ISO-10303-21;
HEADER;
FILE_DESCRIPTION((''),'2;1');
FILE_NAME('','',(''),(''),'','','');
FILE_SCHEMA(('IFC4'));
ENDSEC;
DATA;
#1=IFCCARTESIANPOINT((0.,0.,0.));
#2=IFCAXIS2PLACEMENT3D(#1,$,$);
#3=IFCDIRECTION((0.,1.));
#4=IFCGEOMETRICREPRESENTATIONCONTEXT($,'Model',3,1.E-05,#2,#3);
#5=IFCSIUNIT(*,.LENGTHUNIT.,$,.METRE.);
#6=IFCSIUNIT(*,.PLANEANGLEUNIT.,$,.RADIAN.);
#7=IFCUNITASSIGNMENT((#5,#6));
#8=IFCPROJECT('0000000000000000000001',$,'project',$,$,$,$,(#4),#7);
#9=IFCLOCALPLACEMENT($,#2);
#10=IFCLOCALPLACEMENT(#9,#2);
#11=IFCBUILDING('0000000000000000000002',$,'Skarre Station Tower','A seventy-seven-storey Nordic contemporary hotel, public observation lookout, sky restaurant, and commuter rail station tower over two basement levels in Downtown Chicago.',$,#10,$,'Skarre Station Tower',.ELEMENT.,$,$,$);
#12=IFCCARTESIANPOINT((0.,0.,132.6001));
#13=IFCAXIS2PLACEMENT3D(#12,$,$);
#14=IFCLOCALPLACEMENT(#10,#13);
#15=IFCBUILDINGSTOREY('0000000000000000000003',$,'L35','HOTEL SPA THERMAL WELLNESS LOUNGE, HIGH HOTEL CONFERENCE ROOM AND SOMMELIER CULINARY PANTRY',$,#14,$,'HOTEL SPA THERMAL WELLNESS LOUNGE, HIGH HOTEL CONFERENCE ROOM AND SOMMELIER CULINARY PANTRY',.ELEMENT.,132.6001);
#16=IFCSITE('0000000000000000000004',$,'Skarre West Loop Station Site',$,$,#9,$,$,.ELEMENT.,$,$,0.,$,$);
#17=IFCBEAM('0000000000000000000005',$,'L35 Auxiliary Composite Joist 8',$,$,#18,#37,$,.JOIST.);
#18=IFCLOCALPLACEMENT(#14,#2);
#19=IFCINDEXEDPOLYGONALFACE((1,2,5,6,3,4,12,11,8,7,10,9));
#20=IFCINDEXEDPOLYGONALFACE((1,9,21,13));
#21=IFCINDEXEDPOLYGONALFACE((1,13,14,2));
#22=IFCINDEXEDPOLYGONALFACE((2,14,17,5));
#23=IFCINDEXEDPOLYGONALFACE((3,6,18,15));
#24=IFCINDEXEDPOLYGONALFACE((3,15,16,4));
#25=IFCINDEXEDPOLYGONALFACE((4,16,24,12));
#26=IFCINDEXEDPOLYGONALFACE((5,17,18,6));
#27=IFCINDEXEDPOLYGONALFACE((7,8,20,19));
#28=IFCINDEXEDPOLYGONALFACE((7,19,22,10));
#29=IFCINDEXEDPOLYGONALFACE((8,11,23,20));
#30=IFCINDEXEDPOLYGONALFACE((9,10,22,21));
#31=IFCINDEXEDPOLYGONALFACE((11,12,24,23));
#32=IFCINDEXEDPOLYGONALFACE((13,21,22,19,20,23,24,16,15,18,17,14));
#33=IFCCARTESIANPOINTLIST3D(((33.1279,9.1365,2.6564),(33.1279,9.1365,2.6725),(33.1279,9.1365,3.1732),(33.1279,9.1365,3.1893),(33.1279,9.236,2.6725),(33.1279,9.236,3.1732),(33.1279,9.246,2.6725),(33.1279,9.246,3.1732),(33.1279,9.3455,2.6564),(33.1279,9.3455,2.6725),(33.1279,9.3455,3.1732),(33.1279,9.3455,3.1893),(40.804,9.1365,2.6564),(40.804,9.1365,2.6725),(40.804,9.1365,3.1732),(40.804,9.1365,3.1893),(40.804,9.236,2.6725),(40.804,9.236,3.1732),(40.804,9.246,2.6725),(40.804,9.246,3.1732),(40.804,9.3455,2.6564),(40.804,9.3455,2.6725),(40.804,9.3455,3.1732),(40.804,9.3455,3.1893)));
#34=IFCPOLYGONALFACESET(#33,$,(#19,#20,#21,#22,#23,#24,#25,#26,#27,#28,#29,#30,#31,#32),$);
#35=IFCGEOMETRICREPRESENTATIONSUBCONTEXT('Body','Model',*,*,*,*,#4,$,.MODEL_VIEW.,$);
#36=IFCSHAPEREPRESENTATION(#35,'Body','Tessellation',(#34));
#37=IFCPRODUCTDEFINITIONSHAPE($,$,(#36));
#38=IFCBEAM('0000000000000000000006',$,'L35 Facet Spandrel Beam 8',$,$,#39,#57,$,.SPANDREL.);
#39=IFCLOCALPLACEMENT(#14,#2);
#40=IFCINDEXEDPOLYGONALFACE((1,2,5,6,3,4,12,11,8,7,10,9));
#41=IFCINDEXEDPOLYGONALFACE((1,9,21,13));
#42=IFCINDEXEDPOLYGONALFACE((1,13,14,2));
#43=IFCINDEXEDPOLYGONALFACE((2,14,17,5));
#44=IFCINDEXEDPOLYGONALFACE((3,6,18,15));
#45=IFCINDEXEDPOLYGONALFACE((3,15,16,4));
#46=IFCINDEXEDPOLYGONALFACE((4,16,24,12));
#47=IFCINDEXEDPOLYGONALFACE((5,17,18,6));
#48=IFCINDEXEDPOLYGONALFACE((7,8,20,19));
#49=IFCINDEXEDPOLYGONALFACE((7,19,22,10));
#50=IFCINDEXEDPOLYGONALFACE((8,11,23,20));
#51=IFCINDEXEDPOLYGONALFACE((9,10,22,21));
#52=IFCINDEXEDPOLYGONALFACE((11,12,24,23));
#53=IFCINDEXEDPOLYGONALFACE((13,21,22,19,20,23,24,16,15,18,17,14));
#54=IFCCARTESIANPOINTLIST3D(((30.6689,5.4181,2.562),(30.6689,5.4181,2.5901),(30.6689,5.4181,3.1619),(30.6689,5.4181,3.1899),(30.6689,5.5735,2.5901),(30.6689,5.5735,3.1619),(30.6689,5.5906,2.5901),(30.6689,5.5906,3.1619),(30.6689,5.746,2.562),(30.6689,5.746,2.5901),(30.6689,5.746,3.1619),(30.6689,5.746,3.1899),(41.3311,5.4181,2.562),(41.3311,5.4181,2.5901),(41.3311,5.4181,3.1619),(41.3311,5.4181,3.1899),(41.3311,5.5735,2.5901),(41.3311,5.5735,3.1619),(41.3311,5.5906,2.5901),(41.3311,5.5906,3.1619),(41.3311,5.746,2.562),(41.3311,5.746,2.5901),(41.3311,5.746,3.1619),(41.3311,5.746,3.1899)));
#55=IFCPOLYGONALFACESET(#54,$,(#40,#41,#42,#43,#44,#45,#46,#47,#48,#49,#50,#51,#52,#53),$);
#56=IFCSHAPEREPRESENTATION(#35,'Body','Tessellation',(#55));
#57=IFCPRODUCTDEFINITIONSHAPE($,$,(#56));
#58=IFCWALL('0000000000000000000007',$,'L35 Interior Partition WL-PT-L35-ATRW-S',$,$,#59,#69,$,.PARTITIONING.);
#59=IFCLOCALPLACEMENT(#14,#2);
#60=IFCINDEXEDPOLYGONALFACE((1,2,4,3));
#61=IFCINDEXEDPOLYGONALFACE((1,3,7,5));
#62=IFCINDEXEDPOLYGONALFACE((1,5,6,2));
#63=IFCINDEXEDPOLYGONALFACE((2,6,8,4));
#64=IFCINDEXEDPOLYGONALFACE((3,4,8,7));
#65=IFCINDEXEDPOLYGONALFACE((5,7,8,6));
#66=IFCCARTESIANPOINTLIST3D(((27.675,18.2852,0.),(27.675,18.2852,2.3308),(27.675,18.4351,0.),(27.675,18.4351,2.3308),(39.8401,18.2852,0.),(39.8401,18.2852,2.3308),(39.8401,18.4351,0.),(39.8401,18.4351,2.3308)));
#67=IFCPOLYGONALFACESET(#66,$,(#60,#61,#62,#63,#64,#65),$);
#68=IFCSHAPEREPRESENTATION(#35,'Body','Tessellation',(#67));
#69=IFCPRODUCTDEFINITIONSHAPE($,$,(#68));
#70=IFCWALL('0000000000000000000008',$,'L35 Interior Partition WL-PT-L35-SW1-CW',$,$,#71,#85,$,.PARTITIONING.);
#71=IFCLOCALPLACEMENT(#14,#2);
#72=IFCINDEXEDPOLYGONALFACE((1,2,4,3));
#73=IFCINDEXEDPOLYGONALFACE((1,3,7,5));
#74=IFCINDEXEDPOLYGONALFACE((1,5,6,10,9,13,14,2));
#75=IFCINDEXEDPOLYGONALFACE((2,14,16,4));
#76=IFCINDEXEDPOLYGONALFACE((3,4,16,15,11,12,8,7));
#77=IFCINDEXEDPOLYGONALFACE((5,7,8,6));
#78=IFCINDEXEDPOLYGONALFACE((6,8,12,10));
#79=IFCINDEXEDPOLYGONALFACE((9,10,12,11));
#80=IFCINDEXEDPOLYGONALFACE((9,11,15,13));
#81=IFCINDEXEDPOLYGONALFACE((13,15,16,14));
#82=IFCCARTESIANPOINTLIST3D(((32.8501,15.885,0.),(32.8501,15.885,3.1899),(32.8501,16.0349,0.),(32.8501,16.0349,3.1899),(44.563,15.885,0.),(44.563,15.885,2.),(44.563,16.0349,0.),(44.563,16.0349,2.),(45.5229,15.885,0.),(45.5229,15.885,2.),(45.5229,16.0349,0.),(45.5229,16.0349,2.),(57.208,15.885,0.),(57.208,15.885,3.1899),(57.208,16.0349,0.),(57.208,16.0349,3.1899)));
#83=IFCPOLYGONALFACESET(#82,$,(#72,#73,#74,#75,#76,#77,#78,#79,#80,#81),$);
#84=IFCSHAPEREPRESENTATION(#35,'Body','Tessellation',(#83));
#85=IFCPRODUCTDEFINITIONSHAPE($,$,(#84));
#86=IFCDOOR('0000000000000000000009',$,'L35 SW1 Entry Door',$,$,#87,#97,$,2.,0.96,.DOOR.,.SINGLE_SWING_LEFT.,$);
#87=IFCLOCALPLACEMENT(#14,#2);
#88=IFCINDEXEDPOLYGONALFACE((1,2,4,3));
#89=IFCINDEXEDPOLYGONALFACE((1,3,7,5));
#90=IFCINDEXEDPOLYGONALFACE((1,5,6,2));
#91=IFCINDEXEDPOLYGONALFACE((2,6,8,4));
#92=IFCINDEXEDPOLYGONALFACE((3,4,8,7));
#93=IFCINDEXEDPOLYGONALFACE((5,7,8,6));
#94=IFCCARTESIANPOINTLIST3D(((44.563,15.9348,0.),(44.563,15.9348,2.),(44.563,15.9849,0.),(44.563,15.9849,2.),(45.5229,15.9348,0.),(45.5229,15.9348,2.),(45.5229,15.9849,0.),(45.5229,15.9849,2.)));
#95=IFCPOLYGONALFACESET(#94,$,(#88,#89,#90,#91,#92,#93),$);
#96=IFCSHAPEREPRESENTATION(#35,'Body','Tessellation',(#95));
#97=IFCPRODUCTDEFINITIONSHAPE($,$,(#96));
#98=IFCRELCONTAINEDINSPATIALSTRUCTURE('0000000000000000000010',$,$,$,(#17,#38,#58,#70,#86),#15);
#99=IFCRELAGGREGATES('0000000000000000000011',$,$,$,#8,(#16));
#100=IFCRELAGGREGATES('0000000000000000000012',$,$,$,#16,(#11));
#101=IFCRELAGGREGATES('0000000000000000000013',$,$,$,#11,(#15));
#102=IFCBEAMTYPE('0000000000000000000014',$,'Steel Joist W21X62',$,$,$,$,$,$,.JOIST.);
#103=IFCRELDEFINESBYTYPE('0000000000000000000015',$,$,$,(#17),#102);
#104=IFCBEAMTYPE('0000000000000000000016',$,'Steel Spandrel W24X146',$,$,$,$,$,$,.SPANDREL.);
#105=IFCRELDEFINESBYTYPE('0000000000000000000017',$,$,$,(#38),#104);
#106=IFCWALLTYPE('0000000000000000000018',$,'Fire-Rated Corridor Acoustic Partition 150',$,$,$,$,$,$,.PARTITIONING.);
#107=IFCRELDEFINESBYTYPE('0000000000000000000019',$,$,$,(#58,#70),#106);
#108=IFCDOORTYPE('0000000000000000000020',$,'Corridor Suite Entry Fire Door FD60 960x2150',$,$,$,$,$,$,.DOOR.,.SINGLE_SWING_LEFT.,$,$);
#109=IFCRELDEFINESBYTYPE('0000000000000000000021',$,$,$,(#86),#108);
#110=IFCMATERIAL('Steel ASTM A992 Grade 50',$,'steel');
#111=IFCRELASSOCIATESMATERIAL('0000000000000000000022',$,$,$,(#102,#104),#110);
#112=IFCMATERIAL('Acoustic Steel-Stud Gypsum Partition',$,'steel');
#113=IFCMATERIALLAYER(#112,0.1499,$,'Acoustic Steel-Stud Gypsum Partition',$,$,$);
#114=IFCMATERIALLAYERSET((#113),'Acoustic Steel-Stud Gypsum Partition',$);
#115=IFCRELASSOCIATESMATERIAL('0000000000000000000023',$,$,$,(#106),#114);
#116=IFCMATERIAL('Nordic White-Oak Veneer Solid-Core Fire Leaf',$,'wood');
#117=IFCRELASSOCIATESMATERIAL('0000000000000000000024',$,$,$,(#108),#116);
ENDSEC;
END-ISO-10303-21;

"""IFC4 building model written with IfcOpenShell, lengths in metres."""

from ifc_helpers import new_model, si_unit, direction, frame, frame_2d, origin, origin_2d, place, context, subcontext, project, spatial, rectangle, i_section, extrude, material, layer, layer_set, material_profile, profile_set, type_object, element, fill, save


model = new_model("IFC4")

# Units and contexts
model_context = context("Model", 3, precision=1e-05, world=origin(), true_north=direction((0.0, 1.0)))
body_context = subcontext(model_context, "Body", "Model", "MODEL_VIEW")
ifc_project = project(units=[si_unit("LENGTHUNIT", "METRE"), si_unit("PLANEANGLEUNIT", "RADIAN")], contexts=[model_context])

# Site, building, storey
site_placement = place(None, origin())
site = spatial("IfcSite", under=ifc_project, at=site_placement, Name="Skarre West Loop Station Site", CompositionType="ELEMENT", RefElevation=0.0)
building_placement = place(site_placement, origin())
building = spatial("IfcBuilding", under=site, at=building_placement, Name="Skarre Station Tower", Description="A seventy-seven-storey Nordic contemporary hotel, public observation lookout, sky restaurant, and commuter rail station tower over two basement levels in Downtown Chicago.", LongName="Skarre Station Tower", CompositionType="ELEMENT")
storey_placement = place(building_placement, frame((0.0, 0.0, 132.6001)))
storey = spatial("IfcBuildingStorey", under=building, at=storey_placement, Name="L35", Description="HOTEL SPA THERMAL WELLNESS LOUNGE, HIGH HOTEL CONFERENCE ROOM AND SOMMELIER CULINARY PANTRY", LongName="HOTEL SPA THERMAL WELLNESS LOUNGE, HIGH HOTEL CONFERENCE ROOM AND SOMMELIER CULINARY PANTRY", CompositionType="ELEMENT", Elevation=132.6001)

# Beams
ifc_material_1 = material(Name="Steel ASTM A992 Grade 50", Category="steel")
ifc_material_profile_1 = material_profile(ifc_material_1, i_section(OverallWidth=0.209, OverallDepth=0.533, WebThickness=0.01, FlangeThickness=0.0161, at=origin_2d()), Name="Steel ASTM A992 Grade 50")
ifc_profile_set_1 = profile_set([ifc_material_profile_1], Name="Steel ASTM A992 Grade 50")
beam_type_1 = type_object("IfcBeamType", Name="Steel Joist W21X62", PredefinedType="JOIST", material=ifc_profile_set_1)
beam_1_placement = place(storey_placement, frame((33.1279, 9.241, 2.9229), z_axis=(1.0, 0.0, 0.0), x_axis=(0.0, 1.0, 0.0)))
element("IfcBeam", 1, at=beam_1_placement, inside=storey, type_object=beam_type_1, Name="L35 Auxiliary Composite Joist 8", PredefinedType="JOIST", context=body_context, shape_type="SweptSolid", body=[
    extrude(i_section(OverallWidth=0.209, OverallDepth=0.533, WebThickness=0.01, FlangeThickness=0.0161, at=origin_2d()), origin(), (0.0, 0.0, 1.0), 7.676),
])
ifc_material_profile_2 = material_profile(ifc_material_1, i_section(OverallWidth=0.3279, OverallDepth=0.6279, WebThickness=0.0171, FlangeThickness=0.0281, at=origin_2d()), Name="Steel ASTM A992 Grade 50")
ifc_profile_set_2 = profile_set([ifc_material_profile_2], Name="Steel ASTM A992 Grade 50")
beam_type_2 = type_object("IfcBeamType", Name="Steel Spandrel W24X146", PredefinedType="SPANDREL", material=ifc_profile_set_2)
beam_2_placement = place(storey_placement, frame((30.6689, 5.582, 2.876), z_axis=(1.0, 0.0, 0.0), x_axis=(0.0, 1.0, 0.0)))
element("IfcBeam", 2, at=beam_2_placement, inside=storey, type_object=beam_type_2, Name="L35 Facet Spandrel Beam 8", PredefinedType="SPANDREL", context=body_context, shape_type="SweptSolid", body=[
    extrude(i_section(OverallWidth=0.3279, OverallDepth=0.6279, WebThickness=0.0171, FlangeThickness=0.0281, at=origin_2d()), origin(), (0.0, 0.0, 1.0), 10.6621),
])

# Wall
ifc_material_2 = material(Name="Acoustic Steel-Stud Gypsum Partition", Category="steel")
ifc_layer_1 = layer(ifc_material_2, 0.1499, Name="Acoustic Steel-Stud Gypsum Partition")
ifc_layer_set_1 = layer_set([ifc_layer_1], Name="Acoustic Steel-Stud Gypsum Partition")
wall_type_1 = type_object("IfcWallType", Name="Fire-Rated Corridor Acoustic Partition 150", PredefinedType="PARTITIONING", material=ifc_layer_set_1)
wall_1_placement = place(storey_placement, frame((27.675, 18.3601, 0.0), z_axis=(0.0, 0.0, 1.0), x_axis=(1.0, 0.0, 0.0)))
element("IfcWall", 3, at=wall_1_placement, inside=storey, type_object=wall_type_1, Name="L35 Interior Partition WL-PT-L35-ATRW-S", PredefinedType="PARTITIONING", context=body_context, shape_type="SweptSolid", body=[
    extrude(rectangle(XDim=12.165, YDim=0.1499, at=frame_2d((6.0825, 0.0))), origin(), (0.0, 0.0, 1.0), 2.3308),
])

# Wall, opening, door
wall_2_placement = place(storey_placement, frame((32.8501, 15.96, 0.0), z_axis=(0.0, 0.0, 1.0), x_axis=(1.0, 0.0, 0.0)))
wall_2 = element("IfcWall", 4, at=wall_2_placement, inside=storey, type_object=wall_type_1, Name="L35 Interior Partition WL-PT-L35-SW1-CW", PredefinedType="PARTITIONING", context=body_context, shape_type="SweptSolid", body=[
    extrude(rectangle(XDim=24.3579, YDim=0.1499, at=frame_2d((12.179, 0.0))), origin(), (0.0, 0.0, 1.0), 3.1899),
])
opening_1_placement = place(wall_2_placement, frame((11.7129, 0.0, 0.0)))
opening_1 = element("IfcOpeningElement", 5, at=opening_1_placement, cuts=wall_2, PredefinedType="OPENING", context=body_context, shape_type="SweptSolid", body=[
    extrude(rectangle(XDim=0.96, YDim=2.0, at=frame_2d((0.48, 1.0))), frame((0.0, 0.085, 0.0), z_axis=(0.0, -1.0, 0.0), x_axis=(1.0, 0.0, 0.0)), (0.0, 0.0, 1.0), 0.1699),
])
ifc_material_3 = material(Name="Nordic White-Oak Veneer Solid-Core Fire Leaf", Category="wood")
door_type_1 = type_object("IfcDoorType", Name="Corridor Suite Entry Fire Door FD60 960x2150", OperationType="SINGLE_SWING_LEFT", PredefinedType="DOOR", material=ifc_material_3)
door_1_placement = place(opening_1_placement, origin())
door_1 = element("IfcDoor", 6, at=door_1_placement, inside=storey, type_object=door_type_1, Name="L35 SW1 Entry Door", OperationType="SINGLE_SWING_LEFT", OverallHeight=2.0, OverallWidth=0.96, PredefinedType="DOOR", context=body_context, shape_type="SweptSolid", body=[
    extrude(rectangle(XDim=0.96, YDim=2.0, at=frame_2d((0.48, 1.0))), frame((0.0, 0.0249, 0.0), z_axis=(0.0, -1.0, 0.0), x_axis=(1.0, 0.0, 0.0)), (0.0, 0.0, 1.0), 0.05),
])
fill(opening_1, door_1)

save(model, "model.ifc")
